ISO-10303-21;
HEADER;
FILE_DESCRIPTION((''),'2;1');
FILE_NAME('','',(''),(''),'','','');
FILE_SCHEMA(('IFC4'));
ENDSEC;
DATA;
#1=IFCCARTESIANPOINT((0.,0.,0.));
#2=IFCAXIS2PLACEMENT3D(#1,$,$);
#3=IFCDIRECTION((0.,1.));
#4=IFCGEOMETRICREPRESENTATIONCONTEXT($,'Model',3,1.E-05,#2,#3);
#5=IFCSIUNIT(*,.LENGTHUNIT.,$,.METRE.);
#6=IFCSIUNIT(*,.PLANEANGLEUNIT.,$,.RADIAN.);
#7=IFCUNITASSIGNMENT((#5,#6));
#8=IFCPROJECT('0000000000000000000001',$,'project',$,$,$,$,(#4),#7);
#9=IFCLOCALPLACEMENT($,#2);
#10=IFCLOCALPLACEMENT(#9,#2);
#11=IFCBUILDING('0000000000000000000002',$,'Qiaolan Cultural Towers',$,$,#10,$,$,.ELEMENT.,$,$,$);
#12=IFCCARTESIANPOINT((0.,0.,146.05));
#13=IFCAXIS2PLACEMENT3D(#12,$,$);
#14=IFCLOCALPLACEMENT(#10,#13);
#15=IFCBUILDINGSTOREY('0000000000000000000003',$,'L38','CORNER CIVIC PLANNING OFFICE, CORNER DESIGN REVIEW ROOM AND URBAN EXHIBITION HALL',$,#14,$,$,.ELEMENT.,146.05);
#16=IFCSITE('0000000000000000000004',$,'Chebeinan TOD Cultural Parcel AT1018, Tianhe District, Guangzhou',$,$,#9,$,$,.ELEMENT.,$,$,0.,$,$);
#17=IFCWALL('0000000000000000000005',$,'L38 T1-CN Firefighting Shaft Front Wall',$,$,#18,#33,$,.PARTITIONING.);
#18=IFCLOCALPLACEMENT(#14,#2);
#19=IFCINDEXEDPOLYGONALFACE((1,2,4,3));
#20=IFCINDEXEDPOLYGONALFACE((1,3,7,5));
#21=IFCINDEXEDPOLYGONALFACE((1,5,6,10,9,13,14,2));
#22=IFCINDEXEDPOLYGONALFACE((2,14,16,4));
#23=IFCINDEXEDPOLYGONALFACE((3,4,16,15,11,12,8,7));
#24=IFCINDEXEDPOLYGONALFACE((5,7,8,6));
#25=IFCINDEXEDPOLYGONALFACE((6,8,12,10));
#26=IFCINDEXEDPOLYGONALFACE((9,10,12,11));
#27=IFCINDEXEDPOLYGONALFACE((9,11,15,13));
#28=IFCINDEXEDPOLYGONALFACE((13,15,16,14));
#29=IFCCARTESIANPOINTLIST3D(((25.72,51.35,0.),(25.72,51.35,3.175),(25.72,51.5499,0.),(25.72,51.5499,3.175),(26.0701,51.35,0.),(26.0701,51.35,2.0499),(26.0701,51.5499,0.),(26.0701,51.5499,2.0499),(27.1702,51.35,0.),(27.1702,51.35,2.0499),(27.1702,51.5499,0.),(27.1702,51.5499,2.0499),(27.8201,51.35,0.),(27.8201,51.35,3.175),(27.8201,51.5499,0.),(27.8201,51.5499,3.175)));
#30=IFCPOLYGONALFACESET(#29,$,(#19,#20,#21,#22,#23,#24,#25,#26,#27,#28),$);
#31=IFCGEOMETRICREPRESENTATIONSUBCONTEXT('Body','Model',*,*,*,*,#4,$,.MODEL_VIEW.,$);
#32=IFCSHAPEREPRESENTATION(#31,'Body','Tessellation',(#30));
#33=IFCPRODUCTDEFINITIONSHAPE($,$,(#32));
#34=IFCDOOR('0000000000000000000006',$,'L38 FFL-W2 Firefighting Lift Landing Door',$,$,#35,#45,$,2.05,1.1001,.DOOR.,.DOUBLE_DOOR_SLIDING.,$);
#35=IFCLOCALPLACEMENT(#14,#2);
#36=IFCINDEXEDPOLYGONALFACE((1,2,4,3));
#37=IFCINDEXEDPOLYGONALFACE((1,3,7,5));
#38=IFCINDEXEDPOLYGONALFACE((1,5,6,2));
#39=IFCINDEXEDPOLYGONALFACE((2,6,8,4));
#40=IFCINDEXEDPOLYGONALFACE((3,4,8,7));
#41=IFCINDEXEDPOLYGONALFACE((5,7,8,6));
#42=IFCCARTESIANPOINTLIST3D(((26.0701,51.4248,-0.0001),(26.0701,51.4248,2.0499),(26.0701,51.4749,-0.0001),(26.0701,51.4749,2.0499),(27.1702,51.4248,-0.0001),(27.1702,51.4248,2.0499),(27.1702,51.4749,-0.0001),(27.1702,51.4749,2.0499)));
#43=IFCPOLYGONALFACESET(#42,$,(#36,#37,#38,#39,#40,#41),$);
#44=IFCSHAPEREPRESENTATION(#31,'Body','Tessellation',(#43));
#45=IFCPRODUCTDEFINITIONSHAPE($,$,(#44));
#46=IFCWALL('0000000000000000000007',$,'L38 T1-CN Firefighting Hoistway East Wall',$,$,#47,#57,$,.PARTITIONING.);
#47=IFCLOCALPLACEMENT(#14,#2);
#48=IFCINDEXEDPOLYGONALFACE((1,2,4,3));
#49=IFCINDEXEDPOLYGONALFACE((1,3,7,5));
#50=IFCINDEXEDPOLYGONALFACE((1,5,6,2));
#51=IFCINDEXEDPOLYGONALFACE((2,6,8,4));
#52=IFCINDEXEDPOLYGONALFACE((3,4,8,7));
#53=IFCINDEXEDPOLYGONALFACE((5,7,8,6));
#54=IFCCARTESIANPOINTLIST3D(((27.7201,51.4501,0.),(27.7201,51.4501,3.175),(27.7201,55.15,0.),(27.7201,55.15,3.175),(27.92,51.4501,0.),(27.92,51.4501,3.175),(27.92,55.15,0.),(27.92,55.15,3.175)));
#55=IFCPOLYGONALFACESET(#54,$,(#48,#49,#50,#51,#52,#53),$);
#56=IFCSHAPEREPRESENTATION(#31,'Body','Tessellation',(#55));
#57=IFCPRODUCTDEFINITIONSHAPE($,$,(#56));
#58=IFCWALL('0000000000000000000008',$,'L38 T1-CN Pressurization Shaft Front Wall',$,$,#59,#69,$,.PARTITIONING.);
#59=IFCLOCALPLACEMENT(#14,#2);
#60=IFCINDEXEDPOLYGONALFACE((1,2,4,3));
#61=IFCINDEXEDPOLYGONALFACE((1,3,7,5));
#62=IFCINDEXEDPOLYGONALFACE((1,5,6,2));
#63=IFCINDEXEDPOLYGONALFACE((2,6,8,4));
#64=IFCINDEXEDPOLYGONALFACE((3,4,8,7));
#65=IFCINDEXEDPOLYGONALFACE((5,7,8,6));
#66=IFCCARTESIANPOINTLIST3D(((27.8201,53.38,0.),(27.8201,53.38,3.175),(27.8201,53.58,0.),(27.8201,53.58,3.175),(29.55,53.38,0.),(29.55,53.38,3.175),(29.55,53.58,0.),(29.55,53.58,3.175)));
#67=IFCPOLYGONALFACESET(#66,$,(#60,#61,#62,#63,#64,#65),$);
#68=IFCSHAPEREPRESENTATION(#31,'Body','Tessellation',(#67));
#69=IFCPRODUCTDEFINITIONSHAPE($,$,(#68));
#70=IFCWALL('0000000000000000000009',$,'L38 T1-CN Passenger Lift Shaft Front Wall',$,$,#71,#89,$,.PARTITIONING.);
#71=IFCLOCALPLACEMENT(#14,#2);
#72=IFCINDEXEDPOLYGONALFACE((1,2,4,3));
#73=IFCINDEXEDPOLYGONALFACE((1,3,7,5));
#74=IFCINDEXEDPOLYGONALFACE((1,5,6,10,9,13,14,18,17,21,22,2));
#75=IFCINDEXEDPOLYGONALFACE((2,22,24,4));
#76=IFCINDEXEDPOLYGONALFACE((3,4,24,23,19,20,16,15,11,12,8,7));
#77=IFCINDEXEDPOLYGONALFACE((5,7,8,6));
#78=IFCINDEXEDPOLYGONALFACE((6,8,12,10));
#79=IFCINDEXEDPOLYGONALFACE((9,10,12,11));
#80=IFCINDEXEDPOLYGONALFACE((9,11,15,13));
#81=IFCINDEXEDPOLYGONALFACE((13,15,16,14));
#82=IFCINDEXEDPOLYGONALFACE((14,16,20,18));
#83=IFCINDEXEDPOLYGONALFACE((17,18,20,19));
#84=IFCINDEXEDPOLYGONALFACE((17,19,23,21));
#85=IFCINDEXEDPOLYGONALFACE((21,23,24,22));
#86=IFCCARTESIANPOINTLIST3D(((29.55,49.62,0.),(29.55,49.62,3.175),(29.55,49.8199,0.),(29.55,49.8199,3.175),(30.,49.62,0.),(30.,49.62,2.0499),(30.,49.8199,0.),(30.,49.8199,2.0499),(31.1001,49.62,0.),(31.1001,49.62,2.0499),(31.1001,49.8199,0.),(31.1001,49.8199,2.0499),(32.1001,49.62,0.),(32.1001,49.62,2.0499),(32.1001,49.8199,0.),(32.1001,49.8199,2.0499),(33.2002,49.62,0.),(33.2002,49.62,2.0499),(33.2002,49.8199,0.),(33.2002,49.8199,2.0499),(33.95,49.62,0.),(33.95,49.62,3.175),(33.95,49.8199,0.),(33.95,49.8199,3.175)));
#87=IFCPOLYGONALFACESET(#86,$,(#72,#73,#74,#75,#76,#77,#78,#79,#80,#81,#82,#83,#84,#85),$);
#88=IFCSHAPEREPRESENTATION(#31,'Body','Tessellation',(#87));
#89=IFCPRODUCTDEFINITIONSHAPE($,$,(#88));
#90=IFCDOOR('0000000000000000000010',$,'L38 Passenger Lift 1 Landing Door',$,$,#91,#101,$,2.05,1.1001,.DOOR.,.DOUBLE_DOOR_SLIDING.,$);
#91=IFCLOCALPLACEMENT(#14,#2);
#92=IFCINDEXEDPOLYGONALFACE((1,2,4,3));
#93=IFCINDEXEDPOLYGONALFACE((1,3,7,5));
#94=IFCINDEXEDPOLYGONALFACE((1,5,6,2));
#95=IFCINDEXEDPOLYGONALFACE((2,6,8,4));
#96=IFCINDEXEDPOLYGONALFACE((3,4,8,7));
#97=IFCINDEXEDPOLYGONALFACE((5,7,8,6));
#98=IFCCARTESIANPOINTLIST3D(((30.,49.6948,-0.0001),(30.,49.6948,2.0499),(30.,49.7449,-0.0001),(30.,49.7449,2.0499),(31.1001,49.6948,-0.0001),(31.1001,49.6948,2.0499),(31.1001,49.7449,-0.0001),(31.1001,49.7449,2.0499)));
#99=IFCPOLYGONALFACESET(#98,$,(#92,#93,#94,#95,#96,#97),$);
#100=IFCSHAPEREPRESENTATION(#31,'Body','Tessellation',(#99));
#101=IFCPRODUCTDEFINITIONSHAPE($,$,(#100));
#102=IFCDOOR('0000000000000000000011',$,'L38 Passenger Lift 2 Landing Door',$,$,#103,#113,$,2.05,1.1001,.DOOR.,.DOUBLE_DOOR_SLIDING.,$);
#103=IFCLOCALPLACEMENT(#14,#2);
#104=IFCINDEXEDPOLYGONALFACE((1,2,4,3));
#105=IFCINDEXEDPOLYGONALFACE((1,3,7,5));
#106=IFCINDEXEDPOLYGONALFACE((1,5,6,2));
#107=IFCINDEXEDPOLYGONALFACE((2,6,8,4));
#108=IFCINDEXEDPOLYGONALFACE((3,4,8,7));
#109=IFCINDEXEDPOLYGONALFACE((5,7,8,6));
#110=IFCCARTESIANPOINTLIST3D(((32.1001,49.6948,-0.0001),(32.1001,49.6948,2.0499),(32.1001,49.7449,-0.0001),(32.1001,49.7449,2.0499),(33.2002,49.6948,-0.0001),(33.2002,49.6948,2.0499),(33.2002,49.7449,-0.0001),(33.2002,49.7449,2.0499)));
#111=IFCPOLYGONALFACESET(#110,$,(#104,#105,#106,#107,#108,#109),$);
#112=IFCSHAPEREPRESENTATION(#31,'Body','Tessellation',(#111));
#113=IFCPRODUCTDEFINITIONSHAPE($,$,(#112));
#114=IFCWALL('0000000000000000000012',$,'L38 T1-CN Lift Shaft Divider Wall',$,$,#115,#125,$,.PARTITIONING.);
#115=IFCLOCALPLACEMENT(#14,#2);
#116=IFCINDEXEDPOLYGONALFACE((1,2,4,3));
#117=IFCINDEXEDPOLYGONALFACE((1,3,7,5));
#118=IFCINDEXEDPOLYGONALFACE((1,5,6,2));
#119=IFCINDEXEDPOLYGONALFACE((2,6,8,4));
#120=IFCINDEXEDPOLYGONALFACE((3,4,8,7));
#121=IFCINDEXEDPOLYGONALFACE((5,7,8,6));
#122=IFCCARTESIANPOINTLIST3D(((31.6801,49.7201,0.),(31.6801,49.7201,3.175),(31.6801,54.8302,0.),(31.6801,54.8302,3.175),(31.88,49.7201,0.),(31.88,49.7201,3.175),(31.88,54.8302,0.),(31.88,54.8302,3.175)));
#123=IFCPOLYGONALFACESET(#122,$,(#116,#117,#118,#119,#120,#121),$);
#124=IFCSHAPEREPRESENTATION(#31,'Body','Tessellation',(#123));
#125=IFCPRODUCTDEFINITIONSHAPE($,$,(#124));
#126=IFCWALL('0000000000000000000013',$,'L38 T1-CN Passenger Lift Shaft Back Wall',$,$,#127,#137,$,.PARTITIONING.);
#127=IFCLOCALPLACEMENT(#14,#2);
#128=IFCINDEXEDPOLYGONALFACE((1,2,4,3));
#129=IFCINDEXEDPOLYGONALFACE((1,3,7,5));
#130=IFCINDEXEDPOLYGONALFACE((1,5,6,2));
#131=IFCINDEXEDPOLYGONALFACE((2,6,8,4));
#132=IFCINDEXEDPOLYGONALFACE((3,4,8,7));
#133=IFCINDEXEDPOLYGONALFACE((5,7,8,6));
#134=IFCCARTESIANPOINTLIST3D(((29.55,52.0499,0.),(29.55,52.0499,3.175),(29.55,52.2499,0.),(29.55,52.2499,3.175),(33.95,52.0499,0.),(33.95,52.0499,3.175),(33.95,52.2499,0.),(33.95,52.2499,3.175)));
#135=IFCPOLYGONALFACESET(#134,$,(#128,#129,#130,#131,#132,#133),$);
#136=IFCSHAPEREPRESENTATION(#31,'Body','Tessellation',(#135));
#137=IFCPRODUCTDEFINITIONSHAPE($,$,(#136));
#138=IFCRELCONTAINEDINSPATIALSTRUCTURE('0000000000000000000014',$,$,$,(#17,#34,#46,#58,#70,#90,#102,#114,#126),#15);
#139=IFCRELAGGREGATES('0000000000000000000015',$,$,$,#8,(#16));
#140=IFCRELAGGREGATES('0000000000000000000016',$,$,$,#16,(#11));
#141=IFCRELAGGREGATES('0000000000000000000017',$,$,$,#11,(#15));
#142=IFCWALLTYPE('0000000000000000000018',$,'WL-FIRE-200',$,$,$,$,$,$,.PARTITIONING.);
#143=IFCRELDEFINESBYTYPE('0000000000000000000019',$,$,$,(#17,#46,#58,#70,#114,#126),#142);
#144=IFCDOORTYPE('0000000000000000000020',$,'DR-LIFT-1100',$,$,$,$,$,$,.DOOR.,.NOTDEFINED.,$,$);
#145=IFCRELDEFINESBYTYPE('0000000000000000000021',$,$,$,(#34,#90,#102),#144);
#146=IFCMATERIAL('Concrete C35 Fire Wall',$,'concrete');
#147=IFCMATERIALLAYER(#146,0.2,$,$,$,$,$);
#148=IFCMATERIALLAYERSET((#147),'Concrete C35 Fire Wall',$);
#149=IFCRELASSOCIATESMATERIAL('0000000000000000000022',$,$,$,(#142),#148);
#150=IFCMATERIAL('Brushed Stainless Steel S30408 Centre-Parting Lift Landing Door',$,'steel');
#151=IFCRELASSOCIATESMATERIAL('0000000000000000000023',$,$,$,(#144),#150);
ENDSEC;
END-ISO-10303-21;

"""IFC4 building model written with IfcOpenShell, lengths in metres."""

from ifc_helpers import new_model, si_unit, direction, frame, frame_2d, origin, place, context, subcontext, project, spatial, rectangle, extrude, material, layer, layer_set, type_object, element, fill, save


model = new_model("IFC4")

# Units and contexts
model_context = context("Model", 3, precision=1e-05, world=origin(), true_north=direction((0.0, 1.0)))
body_context = subcontext(model_context, "Body", "Model", "MODEL_VIEW")
ifc_project = project(units=[si_unit("LENGTHUNIT", "METRE"), si_unit("PLANEANGLEUNIT", "RADIAN")], contexts=[model_context])

# Site, building, storey
site_placement = place(None, origin())
site = spatial("IfcSite", under=ifc_project, at=site_placement, Name="Chebeinan TOD Cultural Parcel AT1018, Tianhe District, Guangzhou", CompositionType="ELEMENT", RefElevation=0.0)
building_placement = place(site_placement, origin())
building = spatial("IfcBuilding", under=site, at=building_placement, Name="Qiaolan Cultural Towers", CompositionType="ELEMENT")
storey_placement = place(building_placement, frame((0.0, 0.0, 146.05)))
storey = spatial("IfcBuildingStorey", under=building, at=storey_placement, Name="L38", Description="CORNER CIVIC PLANNING OFFICE, CORNER DESIGN REVIEW ROOM AND URBAN EXHIBITION HALL", CompositionType="ELEMENT", Elevation=146.05)

# Wall, opening, door
ifc_material_1 = material(Name="Concrete C35 Fire Wall", Category="concrete")
ifc_layer_1 = layer(ifc_material_1, 0.2)
ifc_layer_set_1 = layer_set([ifc_layer_1], Name="Concrete C35 Fire Wall")
wall_type_1 = type_object("IfcWallType", Name="WL-FIRE-200", PredefinedType="PARTITIONING", material=ifc_layer_set_1)
wall_1_placement = place(storey_placement, frame((25.72, 51.45, 0.0), z_axis=(0.0, 0.0, 1.0), x_axis=(1.0, 0.0, 0.0)))
wall_1 = element("IfcWall", 1, at=wall_1_placement, inside=storey, type_object=wall_type_1, Name="L38 T1-CN Firefighting Shaft Front Wall", PredefinedType="PARTITIONING", context=body_context, shape_type="SweptSolid", body=[
    extrude(rectangle(XDim=2.1001, YDim=0.2, at=frame_2d((1.05, 0.0))), origin(), (0.0, 0.0, 1.0), 3.175),
])
opening_1_placement = place(wall_1_placement, frame((0.3501, 0.0, 0.0)))
opening_1 = element("IfcOpeningElement", 2, at=opening_1_placement, cuts=wall_1, PredefinedType="OPENING", context=body_context, shape_type="SweptSolid", body=[
    extrude(rectangle(XDim=1.1001, YDim=2.05, at=frame_2d((0.55, 1.0249))), frame((0.0, 0.1099, 0.0), z_axis=(0.0, -1.0, 0.0), x_axis=(1.0, 0.0, 0.0)), (0.0, 0.0, 1.0), 0.22),
])
ifc_material_2 = material(Name="Brushed Stainless Steel S30408 Centre-Parting Lift Landing Door", Category="steel")
door_type_1 = type_object("IfcDoorType", Name="DR-LIFT-1100", OperationType="NOTDEFINED", PredefinedType="DOOR", material=ifc_material_2)
door_1_placement = place(opening_1_placement, origin())
door_1 = element("IfcDoor", 3, at=door_1_placement, inside=storey, type_object=door_type_1, Name="L38 FFL-W2 Firefighting Lift Landing Door", OperationType="DOUBLE_DOOR_SLIDING", OverallHeight=2.05, OverallWidth=1.1001, PredefinedType="DOOR", context=body_context, shape_type="SweptSolid", body=[
    extrude(rectangle(XDim=1.1001, YDim=2.05, at=frame_2d((0.55, 1.0249))), frame((0.0, 0.0249, 0.0), z_axis=(0.0, -1.0, 0.0), x_axis=(1.0, 0.0, 0.0)), (0.0, 0.0, 1.0), 0.05),
])
fill(opening_1, door_1)

# Walls
wall_2_placement = place(storey_placement, frame((27.8201, 51.45, 0.0), z_axis=(0.0, 0.0, 1.0), x_axis=(0.0, 1.0, 0.0)))
element("IfcWall", 4, at=wall_2_placement, inside=storey, type_object=wall_type_1, Name="L38 T1-CN Firefighting Hoistway East Wall", PredefinedType="PARTITIONING", context=body_context, shape_type="SweptSolid", body=[
    extrude(rectangle(XDim=3.7, YDim=0.2, at=frame_2d((1.8501, 0.0))), origin(), (0.0, 0.0, 1.0), 3.175),
])
wall_3_placement = place(storey_placement, frame((27.8201, 53.48, 0.0), z_axis=(0.0, 0.0, 1.0), x_axis=(1.0, 0.0, 0.0)))
element("IfcWall", 5, at=wall_3_placement, inside=storey, type_object=wall_type_1, Name="L38 T1-CN Pressurization Shaft Front Wall", PredefinedType="PARTITIONING", context=body_context, shape_type="SweptSolid", body=[
    extrude(rectangle(XDim=1.73, YDim=0.2, at=frame_2d((0.865, 0.0))), origin(), (0.0, 0.0, 1.0), 3.175),
])

# Wall, openings, doors
wall_4_placement = place(storey_placement, frame((29.55, 49.72, 0.0), z_axis=(0.0, 0.0, 1.0), x_axis=(1.0, 0.0, 0.0)))
wall_4 = element("IfcWall", 6, at=wall_4_placement, inside=storey, type_object=wall_type_1, Name="L38 T1-CN Passenger Lift Shaft Front Wall", PredefinedType="PARTITIONING", context=body_context, shape_type="SweptSolid", body=[
    extrude(rectangle(XDim=4.3999, YDim=0.2, at=frame_2d((2.2, 0.0))), origin(), (0.0, 0.0, 1.0), 3.175),
])
opening_2_placement = place(wall_4_placement, frame((0.45, 0.0, 0.0)))
opening_2 = element("IfcOpeningElement", 7, at=opening_2_placement, cuts=wall_4, PredefinedType="OPENING", context=body_context, shape_type="SweptSolid", body=[
    extrude(rectangle(XDim=1.1001, YDim=2.05, at=frame_2d((0.55, 1.0249))), frame((0.0, 0.1099, 0.0), z_axis=(0.0, -1.0, 0.0), x_axis=(1.0, 0.0, 0.0)), (0.0, 0.0, 1.0), 0.22),
])
opening_3_placement = place(wall_4_placement, frame((2.55, 0.0, 0.0)))
opening_3 = element("IfcOpeningElement", 8, at=opening_3_placement, cuts=wall_4, PredefinedType="OPENING", context=body_context, shape_type="SweptSolid", body=[
    extrude(rectangle(XDim=1.1001, YDim=2.05, at=frame_2d((0.55, 1.0249))), frame((0.0, 0.1099, 0.0), z_axis=(0.0, -1.0, 0.0), x_axis=(1.0, 0.0, 0.0)), (0.0, 0.0, 1.0), 0.22),
])
door_2_placement = place(opening_2_placement, origin())
door_2 = element("IfcDoor", 9, at=door_2_placement, inside=storey, type_object=door_type_1, Name="L38 Passenger Lift 1 Landing Door", OperationType="DOUBLE_DOOR_SLIDING", OverallHeight=2.05, OverallWidth=1.1001, PredefinedType="DOOR", context=body_context, shape_type="SweptSolid", body=[
    extrude(rectangle(XDim=1.1001, YDim=2.05, at=frame_2d((0.55, 1.0249))), frame((0.0, 0.0249, 0.0), z_axis=(0.0, -1.0, 0.0), x_axis=(1.0, 0.0, 0.0)), (0.0, 0.0, 1.0), 0.05),
])
fill(opening_2, door_2)
door_3_placement = place(opening_3_placement, origin())
door_3 = element("IfcDoor", 10, at=door_3_placement, inside=storey, type_object=door_type_1, Name="L38 Passenger Lift 2 Landing Door", OperationType="DOUBLE_DOOR_SLIDING", OverallHeight=2.05, OverallWidth=1.1001, PredefinedType="DOOR", context=body_context, shape_type="SweptSolid", body=[
    extrude(rectangle(XDim=1.1001, YDim=2.05, at=frame_2d((0.55, 1.0249))), frame((0.0, 0.0249, 0.0), z_axis=(0.0, -1.0, 0.0), x_axis=(1.0, 0.0, 0.0)), (0.0, 0.0, 1.0), 0.05),
])
fill(opening_3, door_3)

# Walls
wall_5_placement = place(storey_placement, frame((31.78, 49.72, 0.0), z_axis=(0.0, 0.0, 1.0), x_axis=(0.0, 1.0, 0.0)))
element("IfcWall", 11, at=wall_5_placement, inside=storey, type_object=wall_type_1, Name="L38 T1-CN Lift Shaft Divider Wall", PredefinedType="PARTITIONING", context=body_context, shape_type="SweptSolid", body=[
    extrude(rectangle(XDim=5.1101, YDim=0.2, at=frame_2d((2.5552, 0.0))), origin(), (0.0, 0.0, 1.0), 3.175),
])
wall_6_placement = place(storey_placement, frame((29.55, 52.1499, 0.0), z_axis=(0.0, 0.0, 1.0), x_axis=(1.0, 0.0, 0.0)))
element("IfcWall", 12, at=wall_6_placement, inside=storey, type_object=wall_type_1, Name="L38 T1-CN Passenger Lift Shaft Back Wall", PredefinedType="PARTITIONING", context=body_context, shape_type="SweptSolid", body=[
    extrude(rectangle(XDim=4.3999, YDim=0.2, at=frame_2d((2.2, 0.0))), origin(), (0.0, 0.0, 1.0), 3.175),
])

save(model, "model.ifc")
